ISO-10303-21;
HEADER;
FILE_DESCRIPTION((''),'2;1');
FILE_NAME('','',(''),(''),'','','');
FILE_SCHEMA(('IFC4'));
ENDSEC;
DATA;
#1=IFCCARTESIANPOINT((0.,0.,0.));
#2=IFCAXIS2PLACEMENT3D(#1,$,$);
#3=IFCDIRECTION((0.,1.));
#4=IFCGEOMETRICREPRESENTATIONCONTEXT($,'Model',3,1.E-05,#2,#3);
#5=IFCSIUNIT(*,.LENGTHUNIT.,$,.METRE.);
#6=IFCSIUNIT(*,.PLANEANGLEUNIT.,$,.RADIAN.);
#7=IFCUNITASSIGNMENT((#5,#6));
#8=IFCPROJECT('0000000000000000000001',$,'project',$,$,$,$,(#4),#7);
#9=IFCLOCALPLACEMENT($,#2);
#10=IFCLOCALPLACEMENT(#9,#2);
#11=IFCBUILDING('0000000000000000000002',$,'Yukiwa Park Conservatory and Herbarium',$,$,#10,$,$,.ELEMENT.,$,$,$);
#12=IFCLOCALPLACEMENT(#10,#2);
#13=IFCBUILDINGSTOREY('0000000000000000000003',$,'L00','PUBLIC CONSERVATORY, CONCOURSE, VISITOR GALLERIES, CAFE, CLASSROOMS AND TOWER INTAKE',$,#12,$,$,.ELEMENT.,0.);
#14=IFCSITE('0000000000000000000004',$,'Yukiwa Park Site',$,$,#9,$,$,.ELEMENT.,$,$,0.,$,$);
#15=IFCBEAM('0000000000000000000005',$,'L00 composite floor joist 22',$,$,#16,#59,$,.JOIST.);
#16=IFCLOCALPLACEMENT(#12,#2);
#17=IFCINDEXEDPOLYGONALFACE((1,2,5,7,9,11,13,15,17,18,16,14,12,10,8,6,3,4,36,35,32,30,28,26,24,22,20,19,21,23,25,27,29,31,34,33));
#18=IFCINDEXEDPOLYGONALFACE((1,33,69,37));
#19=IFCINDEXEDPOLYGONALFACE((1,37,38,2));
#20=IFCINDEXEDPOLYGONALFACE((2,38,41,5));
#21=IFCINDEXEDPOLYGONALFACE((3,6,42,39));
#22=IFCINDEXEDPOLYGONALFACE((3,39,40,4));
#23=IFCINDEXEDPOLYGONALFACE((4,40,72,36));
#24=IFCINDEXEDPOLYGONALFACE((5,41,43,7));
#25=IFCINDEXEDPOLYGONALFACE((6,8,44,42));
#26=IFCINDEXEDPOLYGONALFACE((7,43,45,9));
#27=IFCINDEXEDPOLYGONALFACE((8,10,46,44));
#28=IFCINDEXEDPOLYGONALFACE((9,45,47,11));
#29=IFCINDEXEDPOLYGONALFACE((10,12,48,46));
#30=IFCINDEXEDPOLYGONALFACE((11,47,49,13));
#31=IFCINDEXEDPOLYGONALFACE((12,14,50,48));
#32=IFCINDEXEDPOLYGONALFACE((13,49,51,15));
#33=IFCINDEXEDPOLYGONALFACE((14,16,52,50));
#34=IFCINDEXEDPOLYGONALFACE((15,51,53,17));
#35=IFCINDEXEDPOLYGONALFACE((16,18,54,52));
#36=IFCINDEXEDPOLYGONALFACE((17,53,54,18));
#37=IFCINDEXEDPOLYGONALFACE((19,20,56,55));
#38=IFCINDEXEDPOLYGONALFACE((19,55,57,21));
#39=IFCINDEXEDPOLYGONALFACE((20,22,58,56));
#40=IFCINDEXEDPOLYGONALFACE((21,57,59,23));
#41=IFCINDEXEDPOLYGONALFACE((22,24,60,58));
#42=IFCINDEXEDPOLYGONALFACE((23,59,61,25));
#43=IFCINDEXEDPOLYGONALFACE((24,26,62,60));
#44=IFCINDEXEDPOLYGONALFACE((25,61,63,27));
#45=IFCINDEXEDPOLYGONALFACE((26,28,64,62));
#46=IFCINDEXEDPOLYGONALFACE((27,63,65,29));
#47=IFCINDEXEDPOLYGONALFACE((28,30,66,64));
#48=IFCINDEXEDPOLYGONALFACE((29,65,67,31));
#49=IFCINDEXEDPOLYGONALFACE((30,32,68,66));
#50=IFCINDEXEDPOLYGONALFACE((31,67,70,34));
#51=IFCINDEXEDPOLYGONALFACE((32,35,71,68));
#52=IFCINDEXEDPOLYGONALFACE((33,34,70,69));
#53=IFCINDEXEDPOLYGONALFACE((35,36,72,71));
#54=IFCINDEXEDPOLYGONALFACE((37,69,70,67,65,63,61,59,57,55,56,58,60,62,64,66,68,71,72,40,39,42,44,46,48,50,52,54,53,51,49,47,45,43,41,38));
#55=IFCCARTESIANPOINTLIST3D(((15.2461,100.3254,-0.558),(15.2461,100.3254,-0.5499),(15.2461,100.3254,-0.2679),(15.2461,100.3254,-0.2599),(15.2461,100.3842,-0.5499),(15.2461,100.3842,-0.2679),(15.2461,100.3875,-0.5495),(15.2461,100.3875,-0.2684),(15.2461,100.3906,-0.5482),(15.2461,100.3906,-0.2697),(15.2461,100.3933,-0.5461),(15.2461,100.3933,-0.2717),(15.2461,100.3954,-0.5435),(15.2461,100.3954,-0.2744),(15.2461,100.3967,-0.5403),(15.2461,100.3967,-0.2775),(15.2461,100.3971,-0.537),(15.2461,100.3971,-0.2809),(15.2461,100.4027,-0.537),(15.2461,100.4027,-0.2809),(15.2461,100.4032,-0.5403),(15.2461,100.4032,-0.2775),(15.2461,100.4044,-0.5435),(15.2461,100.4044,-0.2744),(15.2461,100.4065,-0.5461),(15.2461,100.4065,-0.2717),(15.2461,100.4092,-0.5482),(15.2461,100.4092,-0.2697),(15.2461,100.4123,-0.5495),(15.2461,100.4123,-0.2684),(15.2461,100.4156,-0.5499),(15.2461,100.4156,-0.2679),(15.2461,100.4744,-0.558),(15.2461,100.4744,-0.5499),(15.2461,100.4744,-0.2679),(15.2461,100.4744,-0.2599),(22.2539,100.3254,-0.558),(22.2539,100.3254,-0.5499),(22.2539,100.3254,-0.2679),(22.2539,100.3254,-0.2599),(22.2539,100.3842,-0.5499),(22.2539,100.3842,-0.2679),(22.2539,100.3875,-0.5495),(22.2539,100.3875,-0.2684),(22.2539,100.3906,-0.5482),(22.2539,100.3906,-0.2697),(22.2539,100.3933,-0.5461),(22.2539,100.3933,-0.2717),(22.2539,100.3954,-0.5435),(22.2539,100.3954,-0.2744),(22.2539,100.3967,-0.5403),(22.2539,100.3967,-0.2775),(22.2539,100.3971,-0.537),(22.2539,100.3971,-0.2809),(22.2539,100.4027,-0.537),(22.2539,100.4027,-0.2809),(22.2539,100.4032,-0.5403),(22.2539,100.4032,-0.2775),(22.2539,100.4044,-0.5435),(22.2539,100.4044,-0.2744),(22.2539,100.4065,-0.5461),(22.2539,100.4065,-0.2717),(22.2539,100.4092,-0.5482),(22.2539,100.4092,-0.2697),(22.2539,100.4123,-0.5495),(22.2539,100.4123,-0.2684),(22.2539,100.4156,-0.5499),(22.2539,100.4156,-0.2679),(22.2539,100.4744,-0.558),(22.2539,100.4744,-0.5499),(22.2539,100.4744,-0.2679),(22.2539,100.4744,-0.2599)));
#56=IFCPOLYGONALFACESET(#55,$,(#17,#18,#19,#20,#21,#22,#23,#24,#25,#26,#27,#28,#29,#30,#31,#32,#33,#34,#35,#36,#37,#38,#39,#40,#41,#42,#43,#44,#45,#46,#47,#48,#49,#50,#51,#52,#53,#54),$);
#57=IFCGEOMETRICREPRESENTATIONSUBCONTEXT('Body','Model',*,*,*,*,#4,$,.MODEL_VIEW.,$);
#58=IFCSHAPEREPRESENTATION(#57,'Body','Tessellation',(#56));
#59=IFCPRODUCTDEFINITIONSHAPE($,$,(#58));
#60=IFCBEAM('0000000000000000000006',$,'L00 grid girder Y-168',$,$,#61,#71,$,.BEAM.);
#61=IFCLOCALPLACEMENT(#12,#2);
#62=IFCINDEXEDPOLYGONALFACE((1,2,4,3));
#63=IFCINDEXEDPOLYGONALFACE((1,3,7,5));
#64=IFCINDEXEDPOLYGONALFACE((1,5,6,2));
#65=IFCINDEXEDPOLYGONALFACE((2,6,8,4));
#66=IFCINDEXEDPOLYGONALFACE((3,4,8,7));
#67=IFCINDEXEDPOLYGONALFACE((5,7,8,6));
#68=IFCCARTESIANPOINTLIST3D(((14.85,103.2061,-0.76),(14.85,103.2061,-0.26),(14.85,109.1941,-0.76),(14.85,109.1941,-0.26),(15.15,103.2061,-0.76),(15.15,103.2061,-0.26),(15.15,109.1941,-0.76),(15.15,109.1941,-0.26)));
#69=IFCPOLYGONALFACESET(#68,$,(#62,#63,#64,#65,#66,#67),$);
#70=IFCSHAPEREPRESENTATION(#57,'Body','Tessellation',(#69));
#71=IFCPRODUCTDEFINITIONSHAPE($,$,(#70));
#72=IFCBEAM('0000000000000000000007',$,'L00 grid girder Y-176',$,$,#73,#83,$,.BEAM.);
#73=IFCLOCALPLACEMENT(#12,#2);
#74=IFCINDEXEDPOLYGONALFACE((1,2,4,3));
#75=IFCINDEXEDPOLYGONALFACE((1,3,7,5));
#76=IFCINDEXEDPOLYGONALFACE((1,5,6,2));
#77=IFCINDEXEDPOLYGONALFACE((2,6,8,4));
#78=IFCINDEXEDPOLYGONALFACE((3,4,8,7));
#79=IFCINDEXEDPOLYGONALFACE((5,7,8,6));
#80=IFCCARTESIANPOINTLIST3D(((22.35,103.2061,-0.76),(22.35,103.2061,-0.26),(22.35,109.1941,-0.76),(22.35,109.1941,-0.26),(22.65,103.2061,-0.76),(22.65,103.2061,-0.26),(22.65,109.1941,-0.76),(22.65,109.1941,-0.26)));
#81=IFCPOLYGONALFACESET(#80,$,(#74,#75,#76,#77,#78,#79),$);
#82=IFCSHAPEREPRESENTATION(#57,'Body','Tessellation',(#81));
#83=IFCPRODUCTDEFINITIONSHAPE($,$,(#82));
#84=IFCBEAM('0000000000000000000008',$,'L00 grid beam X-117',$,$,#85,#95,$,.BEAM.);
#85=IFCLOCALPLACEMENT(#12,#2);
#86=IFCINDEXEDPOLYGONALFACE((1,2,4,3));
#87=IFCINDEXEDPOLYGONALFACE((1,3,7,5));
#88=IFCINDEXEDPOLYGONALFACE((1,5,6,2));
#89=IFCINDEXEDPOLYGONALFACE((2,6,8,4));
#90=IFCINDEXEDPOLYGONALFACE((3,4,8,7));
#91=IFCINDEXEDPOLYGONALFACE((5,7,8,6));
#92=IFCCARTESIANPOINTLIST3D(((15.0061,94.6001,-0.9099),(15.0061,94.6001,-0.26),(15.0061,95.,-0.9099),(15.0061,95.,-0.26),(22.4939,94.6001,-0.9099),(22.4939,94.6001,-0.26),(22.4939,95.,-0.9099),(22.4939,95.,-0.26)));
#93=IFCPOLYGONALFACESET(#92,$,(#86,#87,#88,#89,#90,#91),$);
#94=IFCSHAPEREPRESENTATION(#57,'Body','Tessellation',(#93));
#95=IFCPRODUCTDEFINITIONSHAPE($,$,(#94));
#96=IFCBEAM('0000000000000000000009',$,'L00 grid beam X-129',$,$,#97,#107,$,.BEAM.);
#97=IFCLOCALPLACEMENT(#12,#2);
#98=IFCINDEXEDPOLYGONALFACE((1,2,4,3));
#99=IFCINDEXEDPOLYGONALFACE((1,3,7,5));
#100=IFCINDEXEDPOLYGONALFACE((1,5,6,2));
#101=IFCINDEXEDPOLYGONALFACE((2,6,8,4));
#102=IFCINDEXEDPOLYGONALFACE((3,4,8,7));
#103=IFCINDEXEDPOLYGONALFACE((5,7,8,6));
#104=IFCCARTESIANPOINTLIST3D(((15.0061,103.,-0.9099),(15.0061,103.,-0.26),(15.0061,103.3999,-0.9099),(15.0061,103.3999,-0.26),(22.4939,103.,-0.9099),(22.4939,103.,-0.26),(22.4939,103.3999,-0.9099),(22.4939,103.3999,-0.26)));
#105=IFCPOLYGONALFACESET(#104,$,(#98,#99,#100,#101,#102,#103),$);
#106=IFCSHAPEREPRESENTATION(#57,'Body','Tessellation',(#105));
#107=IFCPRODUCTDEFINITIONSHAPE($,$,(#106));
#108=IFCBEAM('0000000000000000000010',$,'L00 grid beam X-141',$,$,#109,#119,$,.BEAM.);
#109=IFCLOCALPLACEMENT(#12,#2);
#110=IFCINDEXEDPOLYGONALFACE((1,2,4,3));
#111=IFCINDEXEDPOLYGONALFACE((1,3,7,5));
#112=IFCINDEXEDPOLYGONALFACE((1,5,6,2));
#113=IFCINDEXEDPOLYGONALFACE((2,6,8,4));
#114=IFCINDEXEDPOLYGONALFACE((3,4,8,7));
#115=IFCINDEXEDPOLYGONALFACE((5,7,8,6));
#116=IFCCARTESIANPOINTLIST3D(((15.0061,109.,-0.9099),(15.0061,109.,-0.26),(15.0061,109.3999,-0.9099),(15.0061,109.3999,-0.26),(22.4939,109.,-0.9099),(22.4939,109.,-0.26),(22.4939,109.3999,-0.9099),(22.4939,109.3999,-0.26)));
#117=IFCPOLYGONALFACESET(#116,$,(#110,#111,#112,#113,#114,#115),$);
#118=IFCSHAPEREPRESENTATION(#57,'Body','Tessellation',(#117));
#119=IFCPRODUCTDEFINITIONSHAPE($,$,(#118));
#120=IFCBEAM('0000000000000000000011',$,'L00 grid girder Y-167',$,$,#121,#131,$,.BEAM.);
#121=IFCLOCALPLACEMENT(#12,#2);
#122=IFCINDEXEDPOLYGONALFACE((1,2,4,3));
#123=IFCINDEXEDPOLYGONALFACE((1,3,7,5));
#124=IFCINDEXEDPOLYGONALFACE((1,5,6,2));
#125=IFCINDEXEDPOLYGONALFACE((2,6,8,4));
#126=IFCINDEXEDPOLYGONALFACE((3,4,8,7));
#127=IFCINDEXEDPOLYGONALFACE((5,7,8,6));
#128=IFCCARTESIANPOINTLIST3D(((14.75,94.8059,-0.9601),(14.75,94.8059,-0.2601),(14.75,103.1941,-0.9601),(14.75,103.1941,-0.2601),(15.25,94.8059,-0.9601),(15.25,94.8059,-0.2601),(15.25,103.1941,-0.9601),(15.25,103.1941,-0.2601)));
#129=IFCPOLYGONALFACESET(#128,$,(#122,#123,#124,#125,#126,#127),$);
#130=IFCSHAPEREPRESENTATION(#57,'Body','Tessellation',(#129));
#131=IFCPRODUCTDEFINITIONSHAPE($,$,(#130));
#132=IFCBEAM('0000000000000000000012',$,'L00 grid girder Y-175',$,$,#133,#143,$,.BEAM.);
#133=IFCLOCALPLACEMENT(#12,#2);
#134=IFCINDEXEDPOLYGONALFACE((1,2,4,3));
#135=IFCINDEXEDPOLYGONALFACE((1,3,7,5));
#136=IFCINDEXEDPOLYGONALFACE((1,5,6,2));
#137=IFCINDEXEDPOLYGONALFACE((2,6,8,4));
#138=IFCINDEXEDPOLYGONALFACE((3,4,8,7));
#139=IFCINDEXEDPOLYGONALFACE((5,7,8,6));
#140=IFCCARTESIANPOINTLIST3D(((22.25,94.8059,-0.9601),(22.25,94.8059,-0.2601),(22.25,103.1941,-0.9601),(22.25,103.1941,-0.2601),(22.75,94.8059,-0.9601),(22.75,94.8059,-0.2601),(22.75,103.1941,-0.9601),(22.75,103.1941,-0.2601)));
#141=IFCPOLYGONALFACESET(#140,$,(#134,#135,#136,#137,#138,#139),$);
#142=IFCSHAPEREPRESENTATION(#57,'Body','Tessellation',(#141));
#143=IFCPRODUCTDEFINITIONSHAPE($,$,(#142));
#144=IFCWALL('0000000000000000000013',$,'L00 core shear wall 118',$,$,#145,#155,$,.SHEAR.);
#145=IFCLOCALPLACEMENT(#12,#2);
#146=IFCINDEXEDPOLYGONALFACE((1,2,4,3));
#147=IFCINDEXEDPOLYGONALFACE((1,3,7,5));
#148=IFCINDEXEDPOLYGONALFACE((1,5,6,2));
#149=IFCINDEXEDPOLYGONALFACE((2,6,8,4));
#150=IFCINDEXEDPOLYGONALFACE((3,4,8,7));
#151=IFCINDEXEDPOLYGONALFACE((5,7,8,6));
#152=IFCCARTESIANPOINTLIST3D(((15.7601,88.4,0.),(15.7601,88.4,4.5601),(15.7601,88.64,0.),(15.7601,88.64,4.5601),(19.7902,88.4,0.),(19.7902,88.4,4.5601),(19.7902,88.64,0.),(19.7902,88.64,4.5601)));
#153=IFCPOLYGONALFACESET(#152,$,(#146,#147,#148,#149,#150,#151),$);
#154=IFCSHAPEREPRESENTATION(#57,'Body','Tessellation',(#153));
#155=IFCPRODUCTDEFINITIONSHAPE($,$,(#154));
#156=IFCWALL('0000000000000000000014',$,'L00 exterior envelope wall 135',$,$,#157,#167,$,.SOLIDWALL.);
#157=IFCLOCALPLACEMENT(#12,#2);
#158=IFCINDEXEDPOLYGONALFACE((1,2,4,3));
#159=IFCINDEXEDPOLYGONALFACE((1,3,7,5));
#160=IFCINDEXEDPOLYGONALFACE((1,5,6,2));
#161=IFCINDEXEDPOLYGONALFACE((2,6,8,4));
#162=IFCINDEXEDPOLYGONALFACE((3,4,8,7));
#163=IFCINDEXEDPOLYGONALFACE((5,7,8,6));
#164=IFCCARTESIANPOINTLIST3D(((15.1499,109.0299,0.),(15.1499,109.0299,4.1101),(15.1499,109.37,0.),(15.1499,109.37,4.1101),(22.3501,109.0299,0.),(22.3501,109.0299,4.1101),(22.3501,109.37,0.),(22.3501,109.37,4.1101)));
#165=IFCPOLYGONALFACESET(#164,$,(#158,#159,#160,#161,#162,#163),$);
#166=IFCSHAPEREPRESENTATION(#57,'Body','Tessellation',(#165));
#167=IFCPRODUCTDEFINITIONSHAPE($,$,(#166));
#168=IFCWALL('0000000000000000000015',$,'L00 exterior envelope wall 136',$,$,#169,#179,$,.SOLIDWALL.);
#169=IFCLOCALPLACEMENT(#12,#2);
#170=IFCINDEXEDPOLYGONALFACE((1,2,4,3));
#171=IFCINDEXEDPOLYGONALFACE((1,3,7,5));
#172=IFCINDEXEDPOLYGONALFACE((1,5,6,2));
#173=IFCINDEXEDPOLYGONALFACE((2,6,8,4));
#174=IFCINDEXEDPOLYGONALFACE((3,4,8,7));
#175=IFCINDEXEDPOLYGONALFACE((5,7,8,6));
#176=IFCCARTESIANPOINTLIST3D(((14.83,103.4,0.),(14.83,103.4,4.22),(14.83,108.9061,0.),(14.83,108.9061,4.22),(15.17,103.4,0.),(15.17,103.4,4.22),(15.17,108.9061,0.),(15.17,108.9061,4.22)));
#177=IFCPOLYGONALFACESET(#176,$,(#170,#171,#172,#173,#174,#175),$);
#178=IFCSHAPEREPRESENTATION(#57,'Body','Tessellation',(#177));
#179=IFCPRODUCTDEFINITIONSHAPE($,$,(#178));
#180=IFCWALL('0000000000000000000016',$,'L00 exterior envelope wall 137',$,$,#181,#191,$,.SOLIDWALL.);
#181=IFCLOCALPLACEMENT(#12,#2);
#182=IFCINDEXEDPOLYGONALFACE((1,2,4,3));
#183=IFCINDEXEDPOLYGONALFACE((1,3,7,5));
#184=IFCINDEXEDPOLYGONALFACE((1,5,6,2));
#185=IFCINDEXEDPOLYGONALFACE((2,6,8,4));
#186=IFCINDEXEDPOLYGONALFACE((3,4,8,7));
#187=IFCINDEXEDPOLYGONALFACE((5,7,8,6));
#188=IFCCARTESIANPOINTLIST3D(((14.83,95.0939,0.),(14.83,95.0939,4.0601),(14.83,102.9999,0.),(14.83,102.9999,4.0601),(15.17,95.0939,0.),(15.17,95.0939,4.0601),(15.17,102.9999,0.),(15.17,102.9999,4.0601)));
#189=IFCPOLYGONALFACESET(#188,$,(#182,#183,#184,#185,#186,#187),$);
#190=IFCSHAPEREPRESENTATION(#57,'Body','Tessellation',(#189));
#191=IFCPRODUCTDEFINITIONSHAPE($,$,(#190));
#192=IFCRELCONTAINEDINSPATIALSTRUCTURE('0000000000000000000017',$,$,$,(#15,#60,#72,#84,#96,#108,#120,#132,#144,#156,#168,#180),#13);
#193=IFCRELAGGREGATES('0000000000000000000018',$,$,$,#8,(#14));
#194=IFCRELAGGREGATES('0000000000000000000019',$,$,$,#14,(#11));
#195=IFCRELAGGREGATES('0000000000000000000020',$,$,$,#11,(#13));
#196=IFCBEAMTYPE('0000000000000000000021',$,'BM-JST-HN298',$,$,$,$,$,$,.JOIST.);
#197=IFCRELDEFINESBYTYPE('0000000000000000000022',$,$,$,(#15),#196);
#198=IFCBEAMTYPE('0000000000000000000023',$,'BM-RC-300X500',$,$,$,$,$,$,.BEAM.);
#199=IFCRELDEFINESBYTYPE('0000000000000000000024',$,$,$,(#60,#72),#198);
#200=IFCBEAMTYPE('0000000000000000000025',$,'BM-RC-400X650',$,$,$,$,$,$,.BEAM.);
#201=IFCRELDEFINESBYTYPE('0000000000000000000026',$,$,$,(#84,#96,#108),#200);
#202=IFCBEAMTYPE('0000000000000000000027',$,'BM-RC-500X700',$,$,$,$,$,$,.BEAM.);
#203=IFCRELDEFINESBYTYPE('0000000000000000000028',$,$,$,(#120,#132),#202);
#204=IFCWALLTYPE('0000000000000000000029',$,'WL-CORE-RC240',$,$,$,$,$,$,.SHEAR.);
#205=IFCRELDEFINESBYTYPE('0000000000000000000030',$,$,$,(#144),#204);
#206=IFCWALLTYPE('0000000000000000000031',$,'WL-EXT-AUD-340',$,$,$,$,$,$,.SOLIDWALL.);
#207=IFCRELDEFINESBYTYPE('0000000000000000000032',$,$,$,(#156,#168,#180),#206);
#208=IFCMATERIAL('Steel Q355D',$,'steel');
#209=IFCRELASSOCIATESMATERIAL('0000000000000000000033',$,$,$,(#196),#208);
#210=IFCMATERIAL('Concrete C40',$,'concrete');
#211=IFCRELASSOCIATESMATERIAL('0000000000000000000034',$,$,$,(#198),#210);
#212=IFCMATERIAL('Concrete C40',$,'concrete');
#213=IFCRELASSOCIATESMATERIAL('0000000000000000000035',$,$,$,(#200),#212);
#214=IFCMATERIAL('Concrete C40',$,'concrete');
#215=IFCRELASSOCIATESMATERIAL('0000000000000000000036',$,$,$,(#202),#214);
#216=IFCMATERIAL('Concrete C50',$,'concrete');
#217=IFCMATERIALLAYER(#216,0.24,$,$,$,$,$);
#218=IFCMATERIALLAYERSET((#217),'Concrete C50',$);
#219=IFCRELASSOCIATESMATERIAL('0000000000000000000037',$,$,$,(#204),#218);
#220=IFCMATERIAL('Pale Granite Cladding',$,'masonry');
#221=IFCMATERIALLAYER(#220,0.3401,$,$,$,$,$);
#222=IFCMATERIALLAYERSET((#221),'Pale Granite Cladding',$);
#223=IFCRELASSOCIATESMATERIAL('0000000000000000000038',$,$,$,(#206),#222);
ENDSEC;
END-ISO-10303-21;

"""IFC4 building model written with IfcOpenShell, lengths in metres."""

from ifc_helpers import new_model, si_unit, direction, frame, frame_2d, origin, origin_2d, place, context, subcontext, project, spatial, rectangle, i_section, extrude, material, layer, layer_set, material_profile, profile_set, type_object, element, save


model = new_model("IFC4")

# Units and contexts
model_context = context("Model", 3, precision=1e-05, world=origin(), true_north=direction((0.0, 1.0)))
body_context = subcontext(model_context, "Body", "Model", "MODEL_VIEW")
ifc_project = project(units=[si_unit("LENGTHUNIT", "METRE"), si_unit("PLANEANGLEUNIT", "RADIAN")], contexts=[model_context])

# Site, building, storey
site_placement = place(None, origin())
site = spatial("IfcSite", under=ifc_project, at=site_placement, Name="Yukiwa Park Site", CompositionType="ELEMENT", RefElevation=0.0)
building_placement = place(site_placement, origin())
building = spatial("IfcBuilding", under=site, at=building_placement, Name="Yukiwa Park Conservatory and Herbarium", CompositionType="ELEMENT")
storey_placement = place(building_placement, origin())
storey = spatial("IfcBuildingStorey", under=building, at=storey_placement, Name="L00", Description="PUBLIC CONSERVATORY, CONCOURSE, VISITOR GALLERIES, CAFE, CLASSROOMS AND TOWER INTAKE", CompositionType="ELEMENT", Elevation=0.0)

# Beams
ifc_material_1 = material(Name="Steel Q355D", Category="steel")
ifc_material_profile_1 = material_profile(ifc_material_1, i_section(OverallWidth=0.1489, OverallDepth=0.2981, WebThickness=0.0056, FlangeThickness=0.0081, FilletRadius=0.0129, at=origin_2d()), Name="HN 298x149x5.5x8")
ifc_profile_set_1 = profile_set([ifc_material_profile_1], Name="Steel Q355D")
beam_type_1 = type_object("IfcBeamType", Name="BM-JST-HN298", PredefinedType="JOIST", material=ifc_profile_set_1)
for number, where, z_axis, x_axis, name in (
    (1, (15.2461, 100.3999, -0.4089), (1.0, 0.0, 0.0), (0.0, 1.0, 0.0), "L00 composite floor joist 22"),
):
    element("IfcBeam", number, at=place(storey_placement, frame(where, z_axis=z_axis, x_axis=x_axis)), inside=storey, type_object=beam_type_1, Name=name, PredefinedType="JOIST", context=body_context, shape_type="SweptSolid", body=[
        extrude(i_section(OverallWidth=0.1489, OverallDepth=0.2981, WebThickness=0.0056, FlangeThickness=0.0081, FilletRadius=0.0129, at=origin_2d()), origin(), (0.0, 0.0, 1.0), 7.0078),
    ])
ifc_material_2 = material(Name="Concrete C40", Category="concrete")
ifc_material_profile_2 = material_profile(ifc_material_2, rectangle(XDim=0.3, YDim=0.5, at=origin_2d()), Name="RC 300x500")
ifc_profile_set_2 = profile_set([ifc_material_profile_2], Name="Concrete C40")
beam_type_2 = type_object("IfcBeamType", Name="BM-RC-300X500", PredefinedType="BEAM", material=ifc_profile_set_2)
for number, where, z_axis, x_axis, name in (
    (2, (15.0, 103.2061, -0.51), (0.0, 1.0, 0.0), (-1.0, 0.0, 0.0), "L00 grid girder Y-168"),
    (3, (22.5, 103.2061, -0.51), (0.0, 1.0, 0.0), (-1.0, 0.0, 0.0), "L00 grid girder Y-176"),
):
    element("IfcBeam", number, at=place(storey_placement, frame(where, z_axis=z_axis, x_axis=x_axis)), inside=storey, type_object=beam_type_2, Name=name, PredefinedType="BEAM", context=body_context, shape_type="SweptSolid", body=[
        extrude(rectangle(XDim=0.3, YDim=0.5, at=origin_2d()), origin(), (0.0, 0.0, 1.0), 5.988),
    ])
ifc_material_3 = material(Name="Concrete C40", Category="concrete")
ifc_material_profile_3 = material_profile(ifc_material_3, rectangle(XDim=0.3999, YDim=0.6499, at=origin_2d()), Name="RC 400x650")
ifc_profile_set_3 = profile_set([ifc_material_profile_3], Name="Concrete C40")
beam_type_3 = type_object("IfcBeamType", Name="BM-RC-400X650", PredefinedType="BEAM", material=ifc_profile_set_3)
for number, where, z_axis, x_axis, name in (
    (4, (15.0061, 94.8, -0.585), (1.0, 0.0, 0.0), (0.0, 1.0, 0.0), "L00 grid beam X-117"),
    (5, (15.0061, 103.2, -0.585), (1.0, 0.0, 0.0), (0.0, 1.0, 0.0), "L00 grid beam X-129"),
    (6, (15.0061, 109.2, -0.585), (1.0, 0.0, 0.0), (0.0, 1.0, 0.0), "L00 grid beam X-141"),
):
    element("IfcBeam", number, at=place(storey_placement, frame(where, z_axis=z_axis, x_axis=x_axis)), inside=storey, type_object=beam_type_3, Name=name, PredefinedType="BEAM", context=body_context, shape_type="SweptSolid", body=[
        extrude(rectangle(XDim=0.3999, YDim=0.6499, at=origin_2d()), origin(), (0.0, 0.0, 1.0), 7.4878),
    ])
ifc_material_4 = material(Name="Concrete C40", Category="concrete")
ifc_material_profile_4 = material_profile(ifc_material_4, rectangle(XDim=0.5, YDim=0.7, at=origin_2d()), Name="RC 500x700")
ifc_profile_set_4 = profile_set([ifc_material_profile_4], Name="Concrete C40")
beam_type_4 = type_object("IfcBeamType", Name="BM-RC-500X700", PredefinedType="BEAM", material=ifc_profile_set_4)
for number, where, z_axis, x_axis, name in (
    (7, (15.0, 94.8059, -0.6101), (0.0, 1.0, 0.0), (-1.0, 0.0, 0.0), "L00 grid girder Y-167"),
    (8, (22.5, 94.8059, -0.6101), (0.0, 1.0, 0.0), (-1.0, 0.0, 0.0), "L00 grid girder Y-175"),
):
    element("IfcBeam", number, at=place(storey_placement, frame(where, z_axis=z_axis, x_axis=x_axis)), inside=storey, type_object=beam_type_4, Name=name, PredefinedType="BEAM", context=body_context, shape_type="SweptSolid", body=[
        extrude(rectangle(XDim=0.5, YDim=0.7, at=origin_2d()), origin(), (0.0, 0.0, 1.0), 8.3882),
    ])

# Walls
ifc_material_5 = material(Name="Concrete C50", Category="concrete")
ifc_layer_1 = layer(ifc_material_5, 0.24)
ifc_layer_set_1 = layer_set([ifc_layer_1], Name="Concrete C50")
wall_type_1 = type_object("IfcWallType", Name="WL-CORE-RC240", PredefinedType="SHEAR", material=ifc_layer_set_1)
wall_1_placement = place(storey_placement, frame((15.76, 88.52, 0.0), z_axis=(0.0, 0.0, 1.0), x_axis=(1.0, 0.0, 0.0)))
element("IfcWall", 9, at=wall_1_placement, inside=storey, type_object=wall_type_1, Name="L00 core shear wall 118", PredefinedType="SHEAR", context=body_context, shape_type="SweptSolid", body=[
    extrude(rectangle(XDim=4.03, YDim=0.24, at=frame_2d((2.0151, 0.0))), origin(), (0.0, 0.0, 1.0), 4.5601),
])
ifc_material_6 = material(Name="Pale Granite Cladding", Category="masonry")
ifc_layer_2 = layer(ifc_material_6, 0.3401)
ifc_layer_set_2 = layer_set([ifc_layer_2], Name="Pale Granite Cladding")
wall_type_2 = type_object("IfcWallType", Name="WL-EXT-AUD-340", PredefinedType="SOLIDWALL", material=ifc_layer_set_2)
wall_2_placement = place(storey_placement, frame((22.3501, 109.2, 0.0), z_axis=(0.0, 0.0, 1.0), x_axis=(-1.0, 0.0, 0.0)))
element("IfcWall", 10, at=wall_2_placement, inside=storey, type_object=wall_type_2, Name="L00 exterior envelope wall 135", PredefinedType="SOLIDWALL", context=body_context, shape_type="SweptSolid", body=[
    extrude(rectangle(XDim=7.2002, YDim=0.3401, at=frame_2d((3.6001, 0.0))), origin(), (0.0, 0.0, 1.0), 4.1101),
])
wall_3_placement = place(storey_placement, frame((15.0, 108.906, 0.0), z_axis=(0.0, 0.0, 1.0), x_axis=(0.0, -1.0, 0.0)))
element("IfcWall", 11, at=wall_3_placement, inside=storey, type_object=wall_type_2, Name="L00 exterior envelope wall 136", PredefinedType="SOLIDWALL", context=body_context, shape_type="SweptSolid", body=[
    extrude(rectangle(XDim=5.5061, YDim=0.3401, at=frame_2d((2.7529, 0.0))), origin(), (0.0, 0.0, 1.0), 4.22),
])
wall_4_placement = place(storey_placement, frame((15.0, 103.0, 0.0), z_axis=(0.0, 0.0, 1.0), x_axis=(0.0, -1.0, 0.0)))
element("IfcWall", 12, at=wall_4_placement, inside=storey, type_object=wall_type_2, Name="L00 exterior envelope wall 137", PredefinedType="SOLIDWALL", context=body_context, shape_type="SweptSolid", body=[
    extrude(rectangle(XDim=7.906, YDim=0.3401, at=frame_2d((3.9531, 0.0))), origin(), (0.0, 0.0, 1.0), 4.0601),
])

save(model, "model.ifc")
